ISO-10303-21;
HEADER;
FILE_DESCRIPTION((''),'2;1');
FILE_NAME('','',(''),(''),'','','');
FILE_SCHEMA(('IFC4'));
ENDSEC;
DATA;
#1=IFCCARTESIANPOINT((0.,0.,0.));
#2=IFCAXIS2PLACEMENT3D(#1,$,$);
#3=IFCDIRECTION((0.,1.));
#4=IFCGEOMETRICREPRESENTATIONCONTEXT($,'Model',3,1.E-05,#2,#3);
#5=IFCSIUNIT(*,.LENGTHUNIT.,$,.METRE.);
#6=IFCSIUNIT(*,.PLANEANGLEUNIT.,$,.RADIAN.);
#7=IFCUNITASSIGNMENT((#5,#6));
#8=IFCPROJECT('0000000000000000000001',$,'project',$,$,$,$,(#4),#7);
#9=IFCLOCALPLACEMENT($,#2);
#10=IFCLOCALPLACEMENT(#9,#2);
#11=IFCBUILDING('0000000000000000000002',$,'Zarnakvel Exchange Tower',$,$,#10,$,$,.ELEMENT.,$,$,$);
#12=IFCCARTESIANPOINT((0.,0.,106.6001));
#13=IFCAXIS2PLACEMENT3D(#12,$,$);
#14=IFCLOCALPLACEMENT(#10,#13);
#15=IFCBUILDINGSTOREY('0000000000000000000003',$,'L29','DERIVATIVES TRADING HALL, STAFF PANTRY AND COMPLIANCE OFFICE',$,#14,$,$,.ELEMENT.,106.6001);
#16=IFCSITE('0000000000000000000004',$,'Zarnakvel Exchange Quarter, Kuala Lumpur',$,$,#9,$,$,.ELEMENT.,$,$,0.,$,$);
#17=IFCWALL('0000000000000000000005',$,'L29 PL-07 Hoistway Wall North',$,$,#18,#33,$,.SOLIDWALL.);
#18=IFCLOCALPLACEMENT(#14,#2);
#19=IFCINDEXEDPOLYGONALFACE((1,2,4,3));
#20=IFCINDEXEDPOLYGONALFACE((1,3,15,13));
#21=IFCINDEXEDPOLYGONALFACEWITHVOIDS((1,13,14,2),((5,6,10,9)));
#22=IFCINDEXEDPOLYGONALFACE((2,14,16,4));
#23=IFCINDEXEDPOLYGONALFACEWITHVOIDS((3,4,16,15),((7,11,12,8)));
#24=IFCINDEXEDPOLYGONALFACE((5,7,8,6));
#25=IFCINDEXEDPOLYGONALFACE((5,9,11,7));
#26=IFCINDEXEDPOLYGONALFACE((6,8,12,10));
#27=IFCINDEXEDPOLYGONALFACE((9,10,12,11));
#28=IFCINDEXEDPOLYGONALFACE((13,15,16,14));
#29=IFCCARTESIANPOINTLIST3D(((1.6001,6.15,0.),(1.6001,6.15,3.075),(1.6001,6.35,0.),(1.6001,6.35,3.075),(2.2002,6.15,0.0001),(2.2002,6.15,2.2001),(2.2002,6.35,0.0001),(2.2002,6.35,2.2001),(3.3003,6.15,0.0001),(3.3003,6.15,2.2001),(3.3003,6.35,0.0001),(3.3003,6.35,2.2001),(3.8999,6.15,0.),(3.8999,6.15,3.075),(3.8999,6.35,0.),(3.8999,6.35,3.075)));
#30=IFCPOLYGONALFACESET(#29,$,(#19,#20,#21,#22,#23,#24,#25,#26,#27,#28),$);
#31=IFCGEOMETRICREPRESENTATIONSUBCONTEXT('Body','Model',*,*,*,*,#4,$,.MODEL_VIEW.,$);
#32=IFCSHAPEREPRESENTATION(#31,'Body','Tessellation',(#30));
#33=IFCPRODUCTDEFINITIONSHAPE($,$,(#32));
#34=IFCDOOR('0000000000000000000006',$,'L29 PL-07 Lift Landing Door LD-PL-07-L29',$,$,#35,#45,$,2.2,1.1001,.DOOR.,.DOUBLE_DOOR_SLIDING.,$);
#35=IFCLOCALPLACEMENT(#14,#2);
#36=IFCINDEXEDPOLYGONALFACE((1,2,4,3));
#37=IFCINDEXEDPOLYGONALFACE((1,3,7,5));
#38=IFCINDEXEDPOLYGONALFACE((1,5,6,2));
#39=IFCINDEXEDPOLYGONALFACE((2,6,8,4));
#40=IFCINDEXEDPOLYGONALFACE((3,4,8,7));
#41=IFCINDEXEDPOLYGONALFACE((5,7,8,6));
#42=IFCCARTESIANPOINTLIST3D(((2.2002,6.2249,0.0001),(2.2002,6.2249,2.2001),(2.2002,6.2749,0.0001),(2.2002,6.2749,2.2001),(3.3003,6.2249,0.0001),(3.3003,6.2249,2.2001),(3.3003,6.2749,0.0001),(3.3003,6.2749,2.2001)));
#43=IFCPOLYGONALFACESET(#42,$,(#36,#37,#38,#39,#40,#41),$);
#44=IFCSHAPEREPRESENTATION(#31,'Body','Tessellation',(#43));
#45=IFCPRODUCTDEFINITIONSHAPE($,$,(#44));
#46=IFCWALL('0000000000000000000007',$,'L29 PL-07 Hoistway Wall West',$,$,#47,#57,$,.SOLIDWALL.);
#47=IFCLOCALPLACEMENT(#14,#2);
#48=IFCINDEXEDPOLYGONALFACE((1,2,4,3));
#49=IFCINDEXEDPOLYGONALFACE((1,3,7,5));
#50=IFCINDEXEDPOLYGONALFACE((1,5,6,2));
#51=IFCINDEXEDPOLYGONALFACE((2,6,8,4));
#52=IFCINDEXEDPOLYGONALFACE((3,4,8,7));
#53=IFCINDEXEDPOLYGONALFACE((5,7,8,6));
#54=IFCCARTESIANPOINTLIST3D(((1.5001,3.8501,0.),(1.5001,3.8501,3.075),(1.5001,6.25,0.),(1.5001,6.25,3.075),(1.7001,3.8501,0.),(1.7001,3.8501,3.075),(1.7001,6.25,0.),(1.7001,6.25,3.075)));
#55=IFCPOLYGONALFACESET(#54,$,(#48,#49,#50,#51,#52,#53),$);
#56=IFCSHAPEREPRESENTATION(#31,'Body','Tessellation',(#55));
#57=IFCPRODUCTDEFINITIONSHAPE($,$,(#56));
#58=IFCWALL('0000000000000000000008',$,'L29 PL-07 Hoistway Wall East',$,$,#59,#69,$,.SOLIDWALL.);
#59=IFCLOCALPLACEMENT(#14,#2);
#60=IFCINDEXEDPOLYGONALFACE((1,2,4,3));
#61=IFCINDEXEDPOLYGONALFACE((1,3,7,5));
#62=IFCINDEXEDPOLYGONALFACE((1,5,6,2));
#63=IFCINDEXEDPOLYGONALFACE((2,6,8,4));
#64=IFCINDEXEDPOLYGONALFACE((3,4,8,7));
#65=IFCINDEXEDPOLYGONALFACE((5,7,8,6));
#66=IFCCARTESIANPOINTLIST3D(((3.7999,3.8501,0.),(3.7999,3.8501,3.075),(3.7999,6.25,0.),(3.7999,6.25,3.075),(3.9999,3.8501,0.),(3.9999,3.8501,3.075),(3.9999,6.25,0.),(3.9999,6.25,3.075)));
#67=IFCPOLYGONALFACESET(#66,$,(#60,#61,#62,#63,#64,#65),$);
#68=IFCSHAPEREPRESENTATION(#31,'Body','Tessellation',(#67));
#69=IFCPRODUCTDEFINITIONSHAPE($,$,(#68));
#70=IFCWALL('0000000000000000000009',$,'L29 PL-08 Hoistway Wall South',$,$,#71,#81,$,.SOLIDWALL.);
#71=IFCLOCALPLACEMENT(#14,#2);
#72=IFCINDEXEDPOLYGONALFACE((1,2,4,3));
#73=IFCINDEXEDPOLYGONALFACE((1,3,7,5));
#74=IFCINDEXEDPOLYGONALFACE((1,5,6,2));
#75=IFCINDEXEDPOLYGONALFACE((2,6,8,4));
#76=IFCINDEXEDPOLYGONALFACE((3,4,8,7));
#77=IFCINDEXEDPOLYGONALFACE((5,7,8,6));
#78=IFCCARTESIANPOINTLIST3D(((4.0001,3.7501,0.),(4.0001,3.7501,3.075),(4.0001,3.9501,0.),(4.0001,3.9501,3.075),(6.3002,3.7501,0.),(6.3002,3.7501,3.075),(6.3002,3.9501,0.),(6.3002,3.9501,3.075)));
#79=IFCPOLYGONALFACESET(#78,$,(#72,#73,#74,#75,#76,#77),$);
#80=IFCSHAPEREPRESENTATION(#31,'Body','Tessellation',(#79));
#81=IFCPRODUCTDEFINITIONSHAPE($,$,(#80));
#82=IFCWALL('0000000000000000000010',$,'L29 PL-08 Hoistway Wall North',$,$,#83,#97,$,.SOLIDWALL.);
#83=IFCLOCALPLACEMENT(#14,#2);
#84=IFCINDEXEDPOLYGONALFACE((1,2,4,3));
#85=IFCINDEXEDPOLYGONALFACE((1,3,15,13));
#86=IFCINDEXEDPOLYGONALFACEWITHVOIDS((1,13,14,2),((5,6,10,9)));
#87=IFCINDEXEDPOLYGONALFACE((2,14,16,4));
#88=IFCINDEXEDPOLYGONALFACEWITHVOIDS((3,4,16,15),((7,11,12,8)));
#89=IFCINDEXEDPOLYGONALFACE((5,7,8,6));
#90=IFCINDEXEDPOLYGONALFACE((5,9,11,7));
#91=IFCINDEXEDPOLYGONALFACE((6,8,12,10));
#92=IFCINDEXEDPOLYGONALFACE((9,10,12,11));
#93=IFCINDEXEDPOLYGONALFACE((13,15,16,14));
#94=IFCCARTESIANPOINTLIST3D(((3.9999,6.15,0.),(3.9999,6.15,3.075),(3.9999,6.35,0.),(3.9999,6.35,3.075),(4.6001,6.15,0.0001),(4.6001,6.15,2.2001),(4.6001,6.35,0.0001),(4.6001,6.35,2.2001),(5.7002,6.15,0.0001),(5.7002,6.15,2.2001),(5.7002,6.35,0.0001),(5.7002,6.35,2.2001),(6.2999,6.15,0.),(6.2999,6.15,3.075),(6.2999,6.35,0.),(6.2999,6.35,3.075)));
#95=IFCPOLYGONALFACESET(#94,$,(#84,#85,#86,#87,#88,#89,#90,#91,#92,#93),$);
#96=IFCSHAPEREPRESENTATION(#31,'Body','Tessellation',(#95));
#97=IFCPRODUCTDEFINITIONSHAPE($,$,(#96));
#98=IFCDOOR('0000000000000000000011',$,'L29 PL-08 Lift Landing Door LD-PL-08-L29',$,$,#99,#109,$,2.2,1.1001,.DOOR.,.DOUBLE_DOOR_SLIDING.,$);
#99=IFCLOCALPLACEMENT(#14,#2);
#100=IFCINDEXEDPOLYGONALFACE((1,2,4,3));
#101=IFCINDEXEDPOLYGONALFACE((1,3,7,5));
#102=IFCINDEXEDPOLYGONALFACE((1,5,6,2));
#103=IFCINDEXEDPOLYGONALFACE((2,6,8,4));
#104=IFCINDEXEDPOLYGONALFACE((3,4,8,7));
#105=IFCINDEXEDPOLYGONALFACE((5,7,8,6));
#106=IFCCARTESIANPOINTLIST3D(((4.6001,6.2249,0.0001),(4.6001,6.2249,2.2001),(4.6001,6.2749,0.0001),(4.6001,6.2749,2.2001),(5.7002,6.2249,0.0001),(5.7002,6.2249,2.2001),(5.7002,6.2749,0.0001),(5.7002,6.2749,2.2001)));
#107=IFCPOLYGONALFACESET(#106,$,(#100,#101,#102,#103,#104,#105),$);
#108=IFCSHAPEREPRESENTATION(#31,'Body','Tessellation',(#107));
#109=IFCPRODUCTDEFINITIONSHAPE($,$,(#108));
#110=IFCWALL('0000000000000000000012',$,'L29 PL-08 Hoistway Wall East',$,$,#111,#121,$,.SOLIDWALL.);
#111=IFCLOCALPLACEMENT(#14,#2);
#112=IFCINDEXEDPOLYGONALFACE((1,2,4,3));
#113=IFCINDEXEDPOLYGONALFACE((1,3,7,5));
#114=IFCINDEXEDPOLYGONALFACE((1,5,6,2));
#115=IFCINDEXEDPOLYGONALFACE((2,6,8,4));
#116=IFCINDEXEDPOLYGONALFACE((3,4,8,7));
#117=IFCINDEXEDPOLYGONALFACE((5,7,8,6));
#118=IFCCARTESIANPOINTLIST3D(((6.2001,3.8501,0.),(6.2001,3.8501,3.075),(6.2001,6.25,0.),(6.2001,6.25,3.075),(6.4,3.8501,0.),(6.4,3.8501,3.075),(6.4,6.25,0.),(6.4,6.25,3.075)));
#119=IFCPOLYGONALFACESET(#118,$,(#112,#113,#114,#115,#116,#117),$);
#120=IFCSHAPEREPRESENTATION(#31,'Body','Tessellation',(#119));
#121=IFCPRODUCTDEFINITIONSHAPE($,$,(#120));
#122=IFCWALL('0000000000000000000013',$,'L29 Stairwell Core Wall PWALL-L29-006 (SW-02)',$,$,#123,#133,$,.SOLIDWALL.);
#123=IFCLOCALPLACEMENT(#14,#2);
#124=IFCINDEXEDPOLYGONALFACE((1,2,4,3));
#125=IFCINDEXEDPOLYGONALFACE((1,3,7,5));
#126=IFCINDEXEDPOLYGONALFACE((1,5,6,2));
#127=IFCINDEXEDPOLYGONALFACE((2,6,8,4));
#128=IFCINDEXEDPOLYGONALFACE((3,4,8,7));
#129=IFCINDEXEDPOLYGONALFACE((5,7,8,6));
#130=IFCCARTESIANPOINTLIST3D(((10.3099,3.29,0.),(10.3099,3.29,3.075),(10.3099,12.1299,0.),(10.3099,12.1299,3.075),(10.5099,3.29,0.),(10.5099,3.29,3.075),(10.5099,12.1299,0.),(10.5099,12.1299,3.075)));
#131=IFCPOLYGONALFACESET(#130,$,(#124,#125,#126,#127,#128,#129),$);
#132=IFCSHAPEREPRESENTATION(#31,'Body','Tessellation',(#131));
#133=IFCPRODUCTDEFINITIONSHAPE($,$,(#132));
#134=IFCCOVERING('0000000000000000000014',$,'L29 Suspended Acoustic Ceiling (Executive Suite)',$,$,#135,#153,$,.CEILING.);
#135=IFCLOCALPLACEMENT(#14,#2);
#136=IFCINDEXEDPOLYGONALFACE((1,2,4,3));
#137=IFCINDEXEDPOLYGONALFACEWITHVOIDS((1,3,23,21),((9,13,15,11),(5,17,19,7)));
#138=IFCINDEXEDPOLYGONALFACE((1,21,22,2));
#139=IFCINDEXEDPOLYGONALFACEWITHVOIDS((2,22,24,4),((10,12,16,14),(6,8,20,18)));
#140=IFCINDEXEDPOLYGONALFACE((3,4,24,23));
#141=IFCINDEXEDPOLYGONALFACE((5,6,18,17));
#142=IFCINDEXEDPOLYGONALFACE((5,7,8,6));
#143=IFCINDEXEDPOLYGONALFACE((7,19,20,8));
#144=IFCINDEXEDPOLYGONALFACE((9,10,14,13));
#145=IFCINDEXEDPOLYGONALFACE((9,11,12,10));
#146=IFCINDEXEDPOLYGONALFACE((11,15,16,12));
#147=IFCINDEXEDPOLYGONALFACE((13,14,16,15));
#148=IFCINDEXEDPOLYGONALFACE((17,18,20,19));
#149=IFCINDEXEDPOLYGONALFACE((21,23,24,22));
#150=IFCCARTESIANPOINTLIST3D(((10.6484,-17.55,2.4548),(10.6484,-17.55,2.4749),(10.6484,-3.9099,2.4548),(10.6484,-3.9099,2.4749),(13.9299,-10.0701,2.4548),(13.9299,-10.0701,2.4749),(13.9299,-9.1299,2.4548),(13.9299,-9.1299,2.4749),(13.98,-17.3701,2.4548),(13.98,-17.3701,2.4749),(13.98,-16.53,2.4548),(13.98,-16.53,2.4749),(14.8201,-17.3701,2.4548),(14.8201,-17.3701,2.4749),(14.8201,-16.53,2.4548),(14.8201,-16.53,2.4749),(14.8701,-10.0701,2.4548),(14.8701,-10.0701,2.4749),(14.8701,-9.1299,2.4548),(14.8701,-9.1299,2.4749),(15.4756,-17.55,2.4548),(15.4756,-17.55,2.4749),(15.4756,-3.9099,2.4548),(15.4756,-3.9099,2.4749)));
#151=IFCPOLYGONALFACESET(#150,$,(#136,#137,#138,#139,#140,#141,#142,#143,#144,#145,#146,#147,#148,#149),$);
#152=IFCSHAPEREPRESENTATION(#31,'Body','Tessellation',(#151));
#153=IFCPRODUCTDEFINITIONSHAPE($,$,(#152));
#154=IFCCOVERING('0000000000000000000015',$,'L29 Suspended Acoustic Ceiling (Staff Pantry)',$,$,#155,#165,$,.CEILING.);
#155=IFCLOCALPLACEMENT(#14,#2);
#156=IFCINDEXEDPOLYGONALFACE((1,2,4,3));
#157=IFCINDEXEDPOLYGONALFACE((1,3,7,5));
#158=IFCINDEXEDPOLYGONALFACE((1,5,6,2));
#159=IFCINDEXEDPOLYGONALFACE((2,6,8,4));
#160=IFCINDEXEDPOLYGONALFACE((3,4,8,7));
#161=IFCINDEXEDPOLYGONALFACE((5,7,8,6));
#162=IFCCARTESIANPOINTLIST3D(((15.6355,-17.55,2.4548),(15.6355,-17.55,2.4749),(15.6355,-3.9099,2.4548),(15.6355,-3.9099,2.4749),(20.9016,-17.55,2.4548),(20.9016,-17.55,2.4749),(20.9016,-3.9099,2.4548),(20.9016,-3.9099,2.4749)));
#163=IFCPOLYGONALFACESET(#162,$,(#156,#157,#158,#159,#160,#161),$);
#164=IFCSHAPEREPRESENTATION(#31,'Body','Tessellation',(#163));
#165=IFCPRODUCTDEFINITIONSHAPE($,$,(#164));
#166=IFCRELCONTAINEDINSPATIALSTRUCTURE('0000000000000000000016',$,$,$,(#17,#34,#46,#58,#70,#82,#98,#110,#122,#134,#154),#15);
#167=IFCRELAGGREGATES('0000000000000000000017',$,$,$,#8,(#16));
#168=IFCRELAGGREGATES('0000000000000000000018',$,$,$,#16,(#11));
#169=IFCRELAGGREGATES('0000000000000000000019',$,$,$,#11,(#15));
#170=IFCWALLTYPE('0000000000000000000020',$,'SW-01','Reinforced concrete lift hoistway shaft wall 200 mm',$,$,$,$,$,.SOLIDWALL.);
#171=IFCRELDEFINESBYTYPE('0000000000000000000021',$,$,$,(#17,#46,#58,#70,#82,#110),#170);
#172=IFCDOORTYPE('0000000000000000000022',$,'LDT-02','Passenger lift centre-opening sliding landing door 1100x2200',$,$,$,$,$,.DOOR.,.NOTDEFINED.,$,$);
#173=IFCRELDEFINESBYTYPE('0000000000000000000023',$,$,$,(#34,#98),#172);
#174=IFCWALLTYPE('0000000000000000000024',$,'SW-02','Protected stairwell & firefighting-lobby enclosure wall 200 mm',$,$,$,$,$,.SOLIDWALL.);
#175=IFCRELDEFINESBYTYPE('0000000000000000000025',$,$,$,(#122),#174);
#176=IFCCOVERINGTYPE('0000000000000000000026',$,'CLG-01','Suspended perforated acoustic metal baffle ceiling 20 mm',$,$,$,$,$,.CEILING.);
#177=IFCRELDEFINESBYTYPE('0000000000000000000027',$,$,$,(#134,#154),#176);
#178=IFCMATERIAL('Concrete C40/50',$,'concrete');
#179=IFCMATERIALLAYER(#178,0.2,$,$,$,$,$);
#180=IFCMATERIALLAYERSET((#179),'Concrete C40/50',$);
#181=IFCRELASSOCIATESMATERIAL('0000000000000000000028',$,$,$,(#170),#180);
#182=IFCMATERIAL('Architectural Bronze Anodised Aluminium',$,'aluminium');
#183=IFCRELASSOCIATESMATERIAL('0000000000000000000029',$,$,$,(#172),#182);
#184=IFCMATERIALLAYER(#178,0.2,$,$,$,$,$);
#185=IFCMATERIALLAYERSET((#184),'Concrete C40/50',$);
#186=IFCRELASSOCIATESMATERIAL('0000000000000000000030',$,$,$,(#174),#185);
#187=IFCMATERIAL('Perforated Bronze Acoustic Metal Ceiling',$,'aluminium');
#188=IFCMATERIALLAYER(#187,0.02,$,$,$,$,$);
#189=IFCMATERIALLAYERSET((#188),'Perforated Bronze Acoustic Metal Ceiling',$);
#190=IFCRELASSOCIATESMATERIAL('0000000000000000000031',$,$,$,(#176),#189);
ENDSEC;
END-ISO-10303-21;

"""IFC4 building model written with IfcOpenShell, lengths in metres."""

from ifc_helpers import new_model, si_unit, direction, frame, frame_2d, origin, place, context, subcontext, project, spatial, polyline, rectangle, outline, extrude, source, transform, mapped, material, layer, layer_set, type_object, element, fill, save


model = new_model("IFC4")

# Units and contexts
model_context = context("Model", 3, precision=1e-05, world=origin(), true_north=direction((0.0, 1.0)))
body_context = subcontext(model_context, "Body", "Model", "MODEL_VIEW")
ifc_project = project(units=[si_unit("LENGTHUNIT", "METRE"), si_unit("PLANEANGLEUNIT", "RADIAN")], contexts=[model_context])

# Site, building, storey
site_placement = place(None, origin())
site = spatial("IfcSite", under=ifc_project, at=site_placement, Name="Zarnakvel Exchange Quarter, Kuala Lumpur", CompositionType="ELEMENT", RefElevation=0.0)
building_placement = place(site_placement, origin())
building = spatial("IfcBuilding", under=site, at=building_placement, Name="Zarnakvel Exchange Tower", CompositionType="ELEMENT")
storey_placement = place(building_placement, frame((0.0, 0.0, 106.6001)))
storey = spatial("IfcBuildingStorey", under=building, at=storey_placement, Name="L29", Description="DERIVATIVES TRADING HALL, STAFF PANTRY AND COMPLIANCE OFFICE", CompositionType="ELEMENT", Elevation=106.6001)

# Shared definitions
ifc_material_1 = material(Name="Concrete C40/50", Category="concrete")
ifc_layer_1 = layer(ifc_material_1, 0.2)
ifc_layer_set_1 = layer_set([ifc_layer_1], Name="Concrete C40/50")
wall_type_1 = type_object("IfcWallType", Name="SW-01", Description="Reinforced concrete lift hoistway shaft wall 200 mm", PredefinedType="SOLIDWALL", material=ifc_layer_set_1)
shared_shape_1 = source(origin(), body_context, "Body", "SweptSolid", [
    extrude(rectangle(XDim=1.1001, YDim=2.2, at=frame_2d((0.55, 1.1001))), frame((0.0, 0.0249, 0.0), z_axis=(0.0, -1.0, 0.0), x_axis=(1.0, 0.0, 0.0)), (0.0, 0.0, 1.0), 0.05),
])

# Wall, opening, door
wall_1_placement = place(storey_placement, frame((1.6001, 6.25, 0.0), z_axis=(0.0, 0.0, 1.0), x_axis=(1.0, 0.0, 0.0)))
wall_1 = element("IfcWall", 1, at=wall_1_placement, inside=storey, type_object=wall_type_1, Name="L29 PL-07 Hoistway Wall North", PredefinedType="SOLIDWALL", context=body_context, shape_type="SweptSolid", body=[
    extrude(rectangle(XDim=2.2998, YDim=0.2, at=frame_2d((1.1499, 0.0))), origin(), (0.0, 0.0, 1.0), 3.075),
])
opening_1_placement = place(wall_1_placement, frame((0.6001, 0.0, 0.0)))
opening_1 = element("IfcOpeningElement", 2, at=opening_1_placement, cuts=wall_1, PredefinedType="OPENING", context=body_context, shape_type="SweptSolid", body=[
    extrude(rectangle(XDim=1.1001, YDim=2.2, at=frame_2d((0.55, 1.1001))), frame((0.0, 0.1099, 0.0), z_axis=(0.0, -1.0, 0.0), x_axis=(1.0, 0.0, 0.0)), (0.0, 0.0, 1.0), 0.22),
])
ifc_material_2 = material(Name="Architectural Bronze Anodised Aluminium", Category="aluminium")
door_type_1 = type_object("IfcDoorType", Name="LDT-02", Description="Passenger lift centre-opening sliding landing door 1100x2200", OperationType="NOTDEFINED", PredefinedType="DOOR", material=ifc_material_2)
door_1_placement = place(opening_1_placement, origin())
door_1 = element("IfcDoor", 3, at=door_1_placement, inside=storey, type_object=door_type_1, Name="L29 PL-07 Lift Landing Door LD-PL-07-L29", OperationType="DOUBLE_DOOR_SLIDING", OverallHeight=2.2, OverallWidth=1.1001, PredefinedType="DOOR", context=body_context, shape_type="MappedRepresentation", body=[
    mapped(shared_shape_1, transform((0.0, 0.0, 0.0), x_axis=(1.0, 0.0, 0.0), y_axis=(0.0, 1.0, 0.0), z_axis=(0.0, 0.0, 1.0), scale=1.0)),
])
fill(opening_1, door_1)

# Walls
for number, where, z_axis, x_axis, name in (
    (4, (1.6001, 3.8501, 0.0), (0.0, 0.0, 1.0), (0.0, 1.0, 0.0), "L29 PL-07 Hoistway Wall West"),
    (5, (3.8999, 6.25, 0.0), (0.0, 0.0, 1.0), (0.0, -1.0, 0.0), "L29 PL-07 Hoistway Wall East"),
):
    element("IfcWall", number, at=place(storey_placement, frame(where, z_axis=z_axis, x_axis=x_axis)), inside=storey, type_object=wall_type_1, Name=name, PredefinedType="SOLIDWALL", context=body_context, shape_type="SweptSolid", body=[
        extrude(rectangle(XDim=2.3999, YDim=0.2, at=frame_2d((1.2, 0.0))), origin(), (0.0, 0.0, 1.0), 3.075),
    ])
wall_2_placement = place(storey_placement, frame((6.3, 3.8501, 0.0), z_axis=(0.0, 0.0, 1.0), x_axis=(-1.0, 0.0, 0.0)))
element("IfcWall", 6, at=wall_2_placement, inside=storey, type_object=wall_type_1, Name="L29 PL-08 Hoistway Wall South", PredefinedType="SOLIDWALL", context=body_context, shape_type="SweptSolid", body=[
    extrude(rectangle(XDim=2.3, YDim=0.2, at=frame_2d((1.1499, 0.0))), origin(), (0.0, 0.0, 1.0), 3.075),
])

# Wall, opening, door
wall_3_placement = place(storey_placement, frame((4.0, 6.25, 0.0), z_axis=(0.0, 0.0, 1.0), x_axis=(1.0, 0.0, 0.0)))
wall_3 = element("IfcWall", 7, at=wall_3_placement, inside=storey, type_object=wall_type_1, Name="L29 PL-08 Hoistway Wall North", PredefinedType="SOLIDWALL", context=body_context, shape_type="SweptSolid", body=[
    extrude(rectangle(XDim=2.3, YDim=0.2, at=frame_2d((1.1499, 0.0))), origin(), (0.0, 0.0, 1.0), 3.075),
])
opening_2_placement = place(wall_3_placement, frame((0.6001, 0.0, 0.0)))
opening_2 = element("IfcOpeningElement", 8, at=opening_2_placement, cuts=wall_3, PredefinedType="OPENING", context=body_context, shape_type="SweptSolid", body=[
    extrude(rectangle(XDim=1.1001, YDim=2.2, at=frame_2d((0.55, 1.1001))), frame((0.0, 0.1099, 0.0), z_axis=(0.0, -1.0, 0.0), x_axis=(1.0, 0.0, 0.0)), (0.0, 0.0, 1.0), 0.22),
])
door_2_placement = place(opening_2_placement, origin())
door_2 = element("IfcDoor", 9, at=door_2_placement, inside=storey, type_object=door_type_1, Name="L29 PL-08 Lift Landing Door LD-PL-08-L29", OperationType="DOUBLE_DOOR_SLIDING", OverallHeight=2.2, OverallWidth=1.1001, PredefinedType="DOOR", context=body_context, shape_type="MappedRepresentation", body=[
    mapped(shared_shape_1, transform((0.0, 0.0, 0.0), x_axis=(1.0, 0.0, 0.0), y_axis=(0.0, 1.0, 0.0), z_axis=(0.0, 0.0, 1.0), scale=1.0)),
])
fill(opening_2, door_2)

# Walls
wall_4_placement = place(storey_placement, frame((6.3, 6.25, 0.0), z_axis=(0.0, 0.0, 1.0), x_axis=(0.0, -1.0, 0.0)))
element("IfcWall", 10, at=wall_4_placement, inside=storey, type_object=wall_type_1, Name="L29 PL-08 Hoistway Wall East", PredefinedType="SOLIDWALL", context=body_context, shape_type="SweptSolid", body=[
    extrude(rectangle(XDim=2.3999, YDim=0.2, at=frame_2d((1.2, 0.0))), origin(), (0.0, 0.0, 1.0), 3.075),
])
ifc_layer_2 = layer(ifc_material_1, 0.2)
ifc_layer_set_2 = layer_set([ifc_layer_2], Name="Concrete C40/50")
wall_type_2 = type_object("IfcWallType", Name="SW-02", Description="Protected stairwell & firefighting-lobby enclosure wall 200 mm", PredefinedType="SOLIDWALL", material=ifc_layer_set_2)
wall_5_placement = place(storey_placement, frame((10.4099, 3.29, 0.0), z_axis=(0.0, 0.0, 1.0), x_axis=(0.0, 1.0, 0.0)))
element("IfcWall", 11, at=wall_5_placement, inside=storey, type_object=wall_type_2, Name="L29 Stairwell Core Wall PWALL-L29-006 (SW-02)", PredefinedType="SOLIDWALL", context=body_context, shape_type="SweptSolid", body=[
    extrude(rectangle(XDim=8.8398, YDim=0.2, at=frame_2d((4.4199, 0.0))), origin(), (0.0, 0.0, 1.0), 3.075),
])

# Coverings
ifc_material_3 = material(Name="Perforated Bronze Acoustic Metal Ceiling", Category="aluminium")
ifc_layer_3 = layer(ifc_material_3, 0.02)
ifc_layer_set_3 = layer_set([ifc_layer_3], Name="Perforated Bronze Acoustic Metal Ceiling")
covering_type_1 = type_object("IfcCoveringType", Name="CLG-01", Description="Suspended perforated acoustic metal baffle ceiling 20 mm", PredefinedType="CEILING", material=ifc_layer_set_3)
covering_1_placement = place(storey_placement, frame((0.0, 0.0, 2.4548)))
element("IfcCovering", 12, at=covering_1_placement, inside=storey, type_object=covering_type_1, Name="L29 Suspended Acoustic Ceiling (Executive Suite)", PredefinedType="CEILING", context=body_context, shape_type="SweptSolid", body=[
    extrude(outline(polyline([(10.6484, -3.9099), (15.4756, -3.9099), (15.4756, -17.55), (10.6484, -17.55), (10.6484, -3.9099)]), holes=[polyline([(13.9299, -10.0701), (14.8701, -10.0701), (14.8701, -9.1299), (13.9299, -9.1299), (13.9299, -10.0701)]), polyline([(14.8201, -17.3701), (14.8201, -16.53), (13.98, -16.53), (13.98, -17.3701), (14.8201, -17.3701)])]), origin(), (0.0, 0.0, 1.0), 0.02),
])
covering_2_placement = place(storey_placement, frame((0.0, 0.0, 2.4548)))
element("IfcCovering", 13, at=covering_2_placement, inside=storey, type_object=covering_type_1, Name="L29 Suspended Acoustic Ceiling (Staff Pantry)", PredefinedType="CEILING", context=body_context, shape_type="SweptSolid", body=[
    extrude(outline(polyline([(15.6355, -3.9099), (20.9016, -3.9099), (20.9016, -17.55), (15.6355, -17.55), (15.6355, -3.9099)])), origin(), (0.0, 0.0, 1.0), 0.02),
])

save(model, "model.ifc")
